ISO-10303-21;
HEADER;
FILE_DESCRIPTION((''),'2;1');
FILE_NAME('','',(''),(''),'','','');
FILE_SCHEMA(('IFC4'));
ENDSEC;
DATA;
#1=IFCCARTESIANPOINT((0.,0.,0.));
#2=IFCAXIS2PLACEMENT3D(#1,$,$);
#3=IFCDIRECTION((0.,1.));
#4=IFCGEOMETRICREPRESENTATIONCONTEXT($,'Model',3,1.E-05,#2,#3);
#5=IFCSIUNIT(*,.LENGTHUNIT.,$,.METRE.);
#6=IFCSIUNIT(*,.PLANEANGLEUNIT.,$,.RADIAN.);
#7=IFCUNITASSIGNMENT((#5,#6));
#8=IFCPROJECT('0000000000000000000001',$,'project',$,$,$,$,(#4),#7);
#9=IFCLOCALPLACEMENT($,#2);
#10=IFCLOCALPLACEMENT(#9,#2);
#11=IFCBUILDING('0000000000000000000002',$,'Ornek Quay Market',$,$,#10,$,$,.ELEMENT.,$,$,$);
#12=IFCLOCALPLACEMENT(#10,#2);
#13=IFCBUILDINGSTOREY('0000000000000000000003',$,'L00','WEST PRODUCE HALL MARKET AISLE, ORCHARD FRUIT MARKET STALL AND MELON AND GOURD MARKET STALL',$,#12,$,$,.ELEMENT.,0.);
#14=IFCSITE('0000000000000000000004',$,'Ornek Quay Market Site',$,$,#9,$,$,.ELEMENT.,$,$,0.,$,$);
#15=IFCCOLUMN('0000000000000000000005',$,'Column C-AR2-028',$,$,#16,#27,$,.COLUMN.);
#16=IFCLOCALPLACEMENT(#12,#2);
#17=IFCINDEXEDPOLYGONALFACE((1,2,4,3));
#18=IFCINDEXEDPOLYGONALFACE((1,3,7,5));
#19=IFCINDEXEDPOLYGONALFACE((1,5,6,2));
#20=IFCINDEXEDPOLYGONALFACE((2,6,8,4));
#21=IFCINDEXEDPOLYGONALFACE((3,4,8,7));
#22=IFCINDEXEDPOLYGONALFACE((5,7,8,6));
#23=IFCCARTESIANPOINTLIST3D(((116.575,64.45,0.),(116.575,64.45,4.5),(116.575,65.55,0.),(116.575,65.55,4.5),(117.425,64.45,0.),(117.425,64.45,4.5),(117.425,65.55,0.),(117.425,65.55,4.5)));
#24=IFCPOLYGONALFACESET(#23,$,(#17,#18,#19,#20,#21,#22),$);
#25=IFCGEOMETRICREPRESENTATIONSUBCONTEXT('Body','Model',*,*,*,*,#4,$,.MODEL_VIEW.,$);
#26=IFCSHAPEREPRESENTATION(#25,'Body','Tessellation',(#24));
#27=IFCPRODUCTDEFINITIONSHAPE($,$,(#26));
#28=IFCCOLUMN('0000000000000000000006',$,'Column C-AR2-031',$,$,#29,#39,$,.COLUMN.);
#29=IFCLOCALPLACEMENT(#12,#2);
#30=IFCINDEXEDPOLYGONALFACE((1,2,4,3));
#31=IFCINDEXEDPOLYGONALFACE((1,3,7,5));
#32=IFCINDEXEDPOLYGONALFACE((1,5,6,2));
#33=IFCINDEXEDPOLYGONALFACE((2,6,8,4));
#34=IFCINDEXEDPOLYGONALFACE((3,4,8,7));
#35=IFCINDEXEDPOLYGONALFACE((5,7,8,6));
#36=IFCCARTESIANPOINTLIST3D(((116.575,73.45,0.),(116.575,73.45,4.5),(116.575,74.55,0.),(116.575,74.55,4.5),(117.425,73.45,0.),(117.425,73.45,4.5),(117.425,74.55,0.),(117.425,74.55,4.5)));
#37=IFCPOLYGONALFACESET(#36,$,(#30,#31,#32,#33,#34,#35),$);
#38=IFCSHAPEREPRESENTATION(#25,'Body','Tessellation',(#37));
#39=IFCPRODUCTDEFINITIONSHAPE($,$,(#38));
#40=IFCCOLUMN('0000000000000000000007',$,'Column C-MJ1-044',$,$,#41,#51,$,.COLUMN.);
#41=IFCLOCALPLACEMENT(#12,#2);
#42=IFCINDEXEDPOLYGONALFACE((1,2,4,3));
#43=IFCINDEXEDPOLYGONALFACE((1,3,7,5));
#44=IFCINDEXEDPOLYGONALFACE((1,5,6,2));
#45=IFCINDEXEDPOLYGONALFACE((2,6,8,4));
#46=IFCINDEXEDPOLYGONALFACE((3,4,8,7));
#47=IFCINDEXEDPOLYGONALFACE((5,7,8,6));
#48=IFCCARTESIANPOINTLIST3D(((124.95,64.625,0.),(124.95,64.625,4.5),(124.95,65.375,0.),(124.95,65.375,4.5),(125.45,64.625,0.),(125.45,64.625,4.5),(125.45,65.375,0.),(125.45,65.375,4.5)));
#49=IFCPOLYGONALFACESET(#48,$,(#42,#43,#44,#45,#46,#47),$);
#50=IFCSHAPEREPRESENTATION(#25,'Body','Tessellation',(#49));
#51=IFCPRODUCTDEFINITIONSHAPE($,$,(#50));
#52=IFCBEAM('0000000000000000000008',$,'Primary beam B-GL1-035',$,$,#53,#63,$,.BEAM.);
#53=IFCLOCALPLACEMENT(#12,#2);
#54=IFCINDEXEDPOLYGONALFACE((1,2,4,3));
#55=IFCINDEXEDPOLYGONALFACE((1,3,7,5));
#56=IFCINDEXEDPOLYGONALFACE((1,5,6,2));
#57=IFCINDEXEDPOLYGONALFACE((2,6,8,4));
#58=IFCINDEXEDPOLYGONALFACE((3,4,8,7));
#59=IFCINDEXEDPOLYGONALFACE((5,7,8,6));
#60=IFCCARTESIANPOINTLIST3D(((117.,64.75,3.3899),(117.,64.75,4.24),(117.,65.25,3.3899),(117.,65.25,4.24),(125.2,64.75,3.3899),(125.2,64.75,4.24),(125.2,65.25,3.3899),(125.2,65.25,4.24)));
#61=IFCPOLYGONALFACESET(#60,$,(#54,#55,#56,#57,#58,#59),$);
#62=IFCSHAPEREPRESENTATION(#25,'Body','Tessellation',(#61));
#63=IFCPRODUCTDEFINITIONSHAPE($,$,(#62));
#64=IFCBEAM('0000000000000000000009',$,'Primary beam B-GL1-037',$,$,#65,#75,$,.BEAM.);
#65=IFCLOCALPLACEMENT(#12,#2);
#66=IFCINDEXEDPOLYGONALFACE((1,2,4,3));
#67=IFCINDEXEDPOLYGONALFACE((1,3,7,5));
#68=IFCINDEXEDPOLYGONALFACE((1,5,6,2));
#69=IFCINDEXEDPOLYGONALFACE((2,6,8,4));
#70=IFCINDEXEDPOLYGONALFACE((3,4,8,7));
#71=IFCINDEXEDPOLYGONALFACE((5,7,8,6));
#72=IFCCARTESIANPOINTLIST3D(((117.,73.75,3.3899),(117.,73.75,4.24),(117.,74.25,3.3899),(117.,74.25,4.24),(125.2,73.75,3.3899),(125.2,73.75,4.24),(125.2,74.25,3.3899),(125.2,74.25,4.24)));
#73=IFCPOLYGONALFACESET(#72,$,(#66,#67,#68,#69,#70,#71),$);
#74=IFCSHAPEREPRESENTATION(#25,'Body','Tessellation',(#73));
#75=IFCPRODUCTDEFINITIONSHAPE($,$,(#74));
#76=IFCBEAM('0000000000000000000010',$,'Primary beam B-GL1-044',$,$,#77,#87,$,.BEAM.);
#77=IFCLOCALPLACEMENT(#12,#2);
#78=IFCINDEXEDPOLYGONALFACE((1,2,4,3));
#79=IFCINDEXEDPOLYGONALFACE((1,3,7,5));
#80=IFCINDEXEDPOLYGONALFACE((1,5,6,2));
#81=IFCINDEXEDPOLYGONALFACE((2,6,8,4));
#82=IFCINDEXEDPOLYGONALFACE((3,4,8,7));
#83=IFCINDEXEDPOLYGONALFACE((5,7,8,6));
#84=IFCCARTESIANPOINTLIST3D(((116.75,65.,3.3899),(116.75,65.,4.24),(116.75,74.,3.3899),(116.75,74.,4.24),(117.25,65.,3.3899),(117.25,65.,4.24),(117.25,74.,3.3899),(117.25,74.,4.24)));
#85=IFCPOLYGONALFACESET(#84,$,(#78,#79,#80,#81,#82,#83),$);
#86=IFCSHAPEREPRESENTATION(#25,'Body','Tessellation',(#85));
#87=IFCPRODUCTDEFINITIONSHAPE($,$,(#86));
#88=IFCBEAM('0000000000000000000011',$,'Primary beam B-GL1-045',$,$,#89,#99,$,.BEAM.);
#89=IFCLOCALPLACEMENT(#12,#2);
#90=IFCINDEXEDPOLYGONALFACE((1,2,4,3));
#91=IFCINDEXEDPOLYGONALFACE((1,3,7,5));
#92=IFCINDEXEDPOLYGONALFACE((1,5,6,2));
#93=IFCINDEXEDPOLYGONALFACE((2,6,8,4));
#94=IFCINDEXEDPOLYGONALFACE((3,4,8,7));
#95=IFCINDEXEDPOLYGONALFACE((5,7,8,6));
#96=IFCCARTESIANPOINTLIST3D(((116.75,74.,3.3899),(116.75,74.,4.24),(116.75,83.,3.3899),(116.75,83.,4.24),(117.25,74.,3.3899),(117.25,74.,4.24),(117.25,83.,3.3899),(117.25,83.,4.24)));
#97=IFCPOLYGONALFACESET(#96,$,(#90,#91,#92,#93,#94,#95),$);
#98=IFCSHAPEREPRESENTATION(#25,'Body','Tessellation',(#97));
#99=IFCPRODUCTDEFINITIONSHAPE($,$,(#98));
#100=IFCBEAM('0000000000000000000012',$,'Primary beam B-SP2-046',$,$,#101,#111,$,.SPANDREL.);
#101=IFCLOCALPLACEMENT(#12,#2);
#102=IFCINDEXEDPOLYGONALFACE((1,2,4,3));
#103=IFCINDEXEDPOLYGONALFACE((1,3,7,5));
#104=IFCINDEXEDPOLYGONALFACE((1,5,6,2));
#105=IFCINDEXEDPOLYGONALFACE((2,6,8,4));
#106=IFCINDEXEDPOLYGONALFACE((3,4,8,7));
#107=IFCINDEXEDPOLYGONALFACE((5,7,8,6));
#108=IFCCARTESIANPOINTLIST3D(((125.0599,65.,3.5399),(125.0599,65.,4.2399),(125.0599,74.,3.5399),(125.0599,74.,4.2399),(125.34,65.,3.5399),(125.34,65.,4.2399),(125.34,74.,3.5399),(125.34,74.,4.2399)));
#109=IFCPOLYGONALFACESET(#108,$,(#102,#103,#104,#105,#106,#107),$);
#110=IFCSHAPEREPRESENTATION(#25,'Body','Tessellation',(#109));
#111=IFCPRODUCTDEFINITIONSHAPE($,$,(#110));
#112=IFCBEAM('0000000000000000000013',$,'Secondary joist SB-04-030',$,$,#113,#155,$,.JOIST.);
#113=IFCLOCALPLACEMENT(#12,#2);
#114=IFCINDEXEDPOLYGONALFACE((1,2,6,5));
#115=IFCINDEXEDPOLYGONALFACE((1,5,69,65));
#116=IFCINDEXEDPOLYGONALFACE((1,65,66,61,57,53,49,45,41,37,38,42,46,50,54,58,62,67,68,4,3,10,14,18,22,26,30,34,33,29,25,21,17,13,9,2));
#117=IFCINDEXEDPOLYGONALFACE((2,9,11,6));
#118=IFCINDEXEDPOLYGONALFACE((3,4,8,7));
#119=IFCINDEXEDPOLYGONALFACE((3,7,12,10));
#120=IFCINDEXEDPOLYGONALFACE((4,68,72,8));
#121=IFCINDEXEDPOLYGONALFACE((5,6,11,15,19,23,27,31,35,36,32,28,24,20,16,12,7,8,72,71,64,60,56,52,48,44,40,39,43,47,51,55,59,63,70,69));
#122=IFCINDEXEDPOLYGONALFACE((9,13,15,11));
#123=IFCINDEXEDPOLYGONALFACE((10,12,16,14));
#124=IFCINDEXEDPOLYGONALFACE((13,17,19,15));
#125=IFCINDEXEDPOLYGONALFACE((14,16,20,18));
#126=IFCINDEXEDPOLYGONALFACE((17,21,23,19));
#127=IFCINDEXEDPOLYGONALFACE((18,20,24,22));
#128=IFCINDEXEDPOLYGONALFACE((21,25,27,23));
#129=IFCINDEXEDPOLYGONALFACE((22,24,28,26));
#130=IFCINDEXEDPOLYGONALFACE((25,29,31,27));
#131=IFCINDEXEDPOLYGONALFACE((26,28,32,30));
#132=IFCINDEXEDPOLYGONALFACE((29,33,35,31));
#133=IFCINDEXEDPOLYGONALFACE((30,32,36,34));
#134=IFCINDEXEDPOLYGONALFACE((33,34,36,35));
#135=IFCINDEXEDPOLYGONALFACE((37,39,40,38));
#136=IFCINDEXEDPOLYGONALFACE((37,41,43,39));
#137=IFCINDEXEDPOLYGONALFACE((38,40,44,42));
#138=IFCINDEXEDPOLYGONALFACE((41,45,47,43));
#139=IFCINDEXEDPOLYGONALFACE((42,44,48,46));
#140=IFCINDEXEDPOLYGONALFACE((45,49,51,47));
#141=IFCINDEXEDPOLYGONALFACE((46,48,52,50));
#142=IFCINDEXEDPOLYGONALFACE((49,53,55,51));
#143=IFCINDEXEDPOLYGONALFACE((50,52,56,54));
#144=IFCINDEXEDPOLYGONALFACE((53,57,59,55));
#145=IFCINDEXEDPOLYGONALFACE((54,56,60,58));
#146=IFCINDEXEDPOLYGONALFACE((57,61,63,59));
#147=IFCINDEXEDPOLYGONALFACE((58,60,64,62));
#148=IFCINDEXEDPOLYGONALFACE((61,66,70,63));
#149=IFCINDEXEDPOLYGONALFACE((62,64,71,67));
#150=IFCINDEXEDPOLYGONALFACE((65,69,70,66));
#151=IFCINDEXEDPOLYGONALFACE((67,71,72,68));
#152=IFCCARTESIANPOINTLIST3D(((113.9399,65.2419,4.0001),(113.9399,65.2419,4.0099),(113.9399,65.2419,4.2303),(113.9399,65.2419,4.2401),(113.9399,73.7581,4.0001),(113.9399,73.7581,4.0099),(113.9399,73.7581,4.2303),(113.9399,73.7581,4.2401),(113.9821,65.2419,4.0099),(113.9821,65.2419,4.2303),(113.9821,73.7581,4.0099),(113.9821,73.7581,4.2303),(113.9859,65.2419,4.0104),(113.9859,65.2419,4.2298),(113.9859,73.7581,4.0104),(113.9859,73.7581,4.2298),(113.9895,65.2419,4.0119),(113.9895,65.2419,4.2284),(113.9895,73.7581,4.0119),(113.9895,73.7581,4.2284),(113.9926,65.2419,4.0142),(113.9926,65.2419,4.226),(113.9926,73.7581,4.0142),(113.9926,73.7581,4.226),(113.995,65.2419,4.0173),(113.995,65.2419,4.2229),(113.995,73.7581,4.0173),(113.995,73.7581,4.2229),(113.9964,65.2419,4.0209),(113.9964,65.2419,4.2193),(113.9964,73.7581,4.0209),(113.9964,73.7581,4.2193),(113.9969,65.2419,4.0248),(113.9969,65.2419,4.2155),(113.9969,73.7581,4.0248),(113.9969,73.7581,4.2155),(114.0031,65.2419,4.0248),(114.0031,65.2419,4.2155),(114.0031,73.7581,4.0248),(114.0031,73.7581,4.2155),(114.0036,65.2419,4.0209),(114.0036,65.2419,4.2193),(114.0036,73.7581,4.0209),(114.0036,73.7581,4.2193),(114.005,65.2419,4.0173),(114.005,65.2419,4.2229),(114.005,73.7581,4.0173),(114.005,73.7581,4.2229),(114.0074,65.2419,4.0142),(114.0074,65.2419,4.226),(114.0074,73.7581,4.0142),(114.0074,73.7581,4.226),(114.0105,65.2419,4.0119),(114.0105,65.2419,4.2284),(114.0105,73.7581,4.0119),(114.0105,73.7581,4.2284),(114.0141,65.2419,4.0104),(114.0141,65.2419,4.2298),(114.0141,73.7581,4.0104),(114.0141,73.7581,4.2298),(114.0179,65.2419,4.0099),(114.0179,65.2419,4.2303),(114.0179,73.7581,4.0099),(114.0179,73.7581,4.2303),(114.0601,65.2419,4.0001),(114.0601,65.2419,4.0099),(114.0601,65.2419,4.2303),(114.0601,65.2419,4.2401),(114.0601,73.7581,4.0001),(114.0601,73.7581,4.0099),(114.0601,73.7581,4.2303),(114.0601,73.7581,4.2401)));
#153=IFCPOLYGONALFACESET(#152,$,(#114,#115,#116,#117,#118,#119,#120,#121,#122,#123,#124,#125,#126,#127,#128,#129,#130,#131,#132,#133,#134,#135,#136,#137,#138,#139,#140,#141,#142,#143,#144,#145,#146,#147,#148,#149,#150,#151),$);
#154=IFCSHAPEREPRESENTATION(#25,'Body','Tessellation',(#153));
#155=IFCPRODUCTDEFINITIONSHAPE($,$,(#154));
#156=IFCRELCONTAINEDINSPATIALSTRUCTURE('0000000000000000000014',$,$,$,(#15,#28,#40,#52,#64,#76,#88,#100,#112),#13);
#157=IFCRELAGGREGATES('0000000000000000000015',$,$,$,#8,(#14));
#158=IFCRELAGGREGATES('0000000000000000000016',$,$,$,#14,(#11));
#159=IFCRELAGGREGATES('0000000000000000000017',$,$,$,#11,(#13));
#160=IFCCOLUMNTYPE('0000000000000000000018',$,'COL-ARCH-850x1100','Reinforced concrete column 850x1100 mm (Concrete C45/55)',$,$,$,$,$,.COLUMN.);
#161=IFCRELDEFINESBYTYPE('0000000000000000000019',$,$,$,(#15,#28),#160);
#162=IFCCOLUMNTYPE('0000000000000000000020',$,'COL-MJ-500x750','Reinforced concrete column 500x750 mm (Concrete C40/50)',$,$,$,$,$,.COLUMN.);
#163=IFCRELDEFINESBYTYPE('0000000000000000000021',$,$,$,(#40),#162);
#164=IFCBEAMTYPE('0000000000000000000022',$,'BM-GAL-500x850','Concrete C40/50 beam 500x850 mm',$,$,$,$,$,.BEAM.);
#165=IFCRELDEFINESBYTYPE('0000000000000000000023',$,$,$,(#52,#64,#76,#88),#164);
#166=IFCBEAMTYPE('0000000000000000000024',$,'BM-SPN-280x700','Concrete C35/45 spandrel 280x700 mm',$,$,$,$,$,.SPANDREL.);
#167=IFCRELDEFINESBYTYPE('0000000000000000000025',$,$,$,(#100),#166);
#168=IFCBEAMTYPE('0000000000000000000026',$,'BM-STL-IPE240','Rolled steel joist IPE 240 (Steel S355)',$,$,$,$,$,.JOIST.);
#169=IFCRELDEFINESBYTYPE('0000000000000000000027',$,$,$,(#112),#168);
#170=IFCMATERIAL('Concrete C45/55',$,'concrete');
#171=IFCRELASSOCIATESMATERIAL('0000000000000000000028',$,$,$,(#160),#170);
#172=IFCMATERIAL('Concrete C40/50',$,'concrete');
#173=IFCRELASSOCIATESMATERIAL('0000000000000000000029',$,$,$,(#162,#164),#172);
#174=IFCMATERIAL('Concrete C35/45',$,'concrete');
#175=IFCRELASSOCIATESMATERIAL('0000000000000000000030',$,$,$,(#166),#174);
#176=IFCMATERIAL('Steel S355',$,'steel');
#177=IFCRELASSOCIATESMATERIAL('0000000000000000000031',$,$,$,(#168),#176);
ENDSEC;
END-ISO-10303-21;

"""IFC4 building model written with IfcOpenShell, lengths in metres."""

from ifc_helpers import new_model, si_unit, direction, frame, origin, origin_2d, place, context, subcontext, project, spatial, rectangle, i_section, extrude, material, material_profile, profile_set, type_object, element, save


model = new_model("IFC4")

# Units and contexts
model_context = context("Model", 3, precision=1e-05, world=origin(), true_north=direction((0.0, 1.0)))
body_context = subcontext(model_context, "Body", "Model", "MODEL_VIEW")
ifc_project = project(units=[si_unit("LENGTHUNIT", "METRE"), si_unit("PLANEANGLEUNIT", "RADIAN")], contexts=[model_context])

# Site, building, storey
site_placement = place(None, origin())
site = spatial("IfcSite", under=ifc_project, at=site_placement, Name="Ornek Quay Market Site", CompositionType="ELEMENT", RefElevation=0.0)
building_placement = place(site_placement, origin())
building = spatial("IfcBuilding", under=site, at=building_placement, Name="Ornek Quay Market", CompositionType="ELEMENT")
storey_placement = place(building_placement, origin())
storey = spatial("IfcBuildingStorey", under=building, at=storey_placement, Name="L00", Description="WEST PRODUCE HALL MARKET AISLE, ORCHARD FRUIT MARKET STALL AND MELON AND GOURD MARKET STALL", CompositionType="ELEMENT", Elevation=0.0)

# Columns
ifc_material_1 = material(Name="Concrete C45/55", Category="concrete")
ifc_material_profile_1 = material_profile(ifc_material_1, rectangle(XDim=0.8501, YDim=1.1001, at=origin_2d()), Name="RC 850x1100", Category="concrete")
ifc_profile_set_1 = profile_set([ifc_material_profile_1], Name="Concrete C45/55")
column_type_1 = type_object("IfcColumnType", Name="COL-ARCH-850x1100", Description="Reinforced concrete column 850x1100 mm (Concrete C45/55)", PredefinedType="COLUMN", material=ifc_profile_set_1)
for number, where, z_axis, x_axis, name in (
    (1, (117.0, 65.0, 0.0), (0.0, 0.0, 1.0), (1.0, 0.0, 0.0), "Column C-AR2-028"),
    (2, (117.0, 74.0, 0.0), (0.0, 0.0, 1.0), (1.0, 0.0, 0.0), "Column C-AR2-031"),
):
    element("IfcColumn", number, at=place(storey_placement, frame(where, z_axis=z_axis, x_axis=x_axis)), inside=storey, type_object=column_type_1, Name=name, PredefinedType="COLUMN", context=body_context, shape_type="SweptSolid", body=[
        extrude(rectangle(XDim=0.8501, YDim=1.1001, at=origin_2d()), origin(), (0.0, 0.0, 1.0), 4.5),
    ])
ifc_material_2 = material(Name="Concrete C40/50", Category="concrete")
ifc_material_profile_2 = material_profile(ifc_material_2, rectangle(XDim=0.5, YDim=0.75, at=origin_2d()), Name="RC 500x750", Category="concrete")
ifc_profile_set_2 = profile_set([ifc_material_profile_2], Name="Concrete C40/50")
column_type_2 = type_object("IfcColumnType", Name="COL-MJ-500x750", Description="Reinforced concrete column 500x750 mm (Concrete C40/50)", PredefinedType="COLUMN", material=ifc_profile_set_2)
column_placement = place(storey_placement, frame((125.2, 65.0, 0.0), z_axis=(0.0, 0.0, 1.0), x_axis=(1.0, 0.0, 0.0)))
element("IfcColumn", 3, at=column_placement, inside=storey, type_object=column_type_2, Name="Column C-MJ1-044", PredefinedType="COLUMN", context=body_context, shape_type="SweptSolid", body=[
    extrude(rectangle(XDim=0.5, YDim=0.75, at=origin_2d()), origin(), (0.0, 0.0, 1.0), 4.5),
])

# Beams
ifc_material_profile_3 = material_profile(ifc_material_2, rectangle(XDim=0.5, YDim=0.8501, at=origin_2d()), Name="RC 500x850", Category="concrete")
ifc_profile_set_3 = profile_set([ifc_material_profile_3], Name="Concrete C40/50")
beam_type_1 = type_object("IfcBeamType", Name="BM-GAL-500x850", Description="Concrete C40/50 beam 500x850 mm", PredefinedType="BEAM", material=ifc_profile_set_3)
for number, where, z_axis, x_axis, name in (
    (4, (117.0, 65.0, 3.8149), (1.0, 0.0, 0.0), (0.0, 1.0, 0.0), "Primary beam B-GL1-035"),
    (5, (117.0, 74.0, 3.8149), (1.0, 0.0, 0.0), (0.0, 1.0, 0.0), "Primary beam B-GL1-037"),
):
    element("IfcBeam", number, at=place(storey_placement, frame(where, z_axis=z_axis, x_axis=x_axis)), inside=storey, type_object=beam_type_1, Name=name, PredefinedType="BEAM", context=body_context, shape_type="SweptSolid", body=[
        extrude(rectangle(XDim=0.5, YDim=0.8501, at=origin_2d()), origin(), (0.0, 0.0, 1.0), 8.2),
    ])
for number, where, z_axis, x_axis, name in (
    (6, (117.0, 65.0, 3.8149), (0.0, 1.0, 0.0), (-1.0, 0.0, 0.0), "Primary beam B-GL1-044"),
    (7, (117.0, 74.0, 3.8149), (0.0, 1.0, 0.0), (-1.0, 0.0, 0.0), "Primary beam B-GL1-045"),
):
    element("IfcBeam", number, at=place(storey_placement, frame(where, z_axis=z_axis, x_axis=x_axis)), inside=storey, type_object=beam_type_1, Name=name, PredefinedType="BEAM", context=body_context, shape_type="SweptSolid", body=[
        extrude(rectangle(XDim=0.5, YDim=0.8501, at=origin_2d()), origin(), (0.0, 0.0, 1.0), 9.0),
    ])
ifc_material_3 = material(Name="Concrete C35/45", Category="concrete")
ifc_material_profile_4 = material_profile(ifc_material_3, rectangle(XDim=0.28, YDim=0.7, at=origin_2d()), Name="RC 280x700", Category="concrete")
ifc_profile_set_4 = profile_set([ifc_material_profile_4], Name="Concrete C35/45")
beam_type_2 = type_object("IfcBeamType", Name="BM-SPN-280x700", Description="Concrete C35/45 spandrel 280x700 mm", PredefinedType="SPANDREL", material=ifc_profile_set_4)
beam_placement = place(storey_placement, frame((125.2, 65.0, 3.8899), z_axis=(0.0, 1.0, 0.0), x_axis=(-1.0, 0.0, 0.0)))
element("IfcBeam", 8, at=beam_placement, inside=storey, type_object=beam_type_2, Name="Primary beam B-SP2-046", PredefinedType="SPANDREL", context=body_context, shape_type="SweptSolid", body=[
    extrude(rectangle(XDim=0.28, YDim=0.7, at=origin_2d()), origin(), (0.0, 0.0, 1.0), 9.0),
])
ifc_material_4 = material(Name="Steel S355", Category="steel")
ifc_material_profile_5 = material_profile(ifc_material_4, i_section(OverallWidth=0.1201, OverallDepth=0.24, WebThickness=0.0061, FlangeThickness=0.0098, FilletRadius=0.0149, at=origin_2d()), Name="IPE 240", Category="steel")
ifc_profile_set_5 = profile_set([ifc_material_profile_5], Name="Steel S355")
beam_type_3 = type_object("IfcBeamType", Name="BM-STL-IPE240", Description="Rolled steel joist IPE 240 (Steel S355)", PredefinedType="JOIST", material=ifc_profile_set_5)
for number, where, z_axis, x_axis, name in (
    (9, (114.0, 65.2419, 4.1201), (0.0, 1.0, 0.0), (-1.0, 0.0, 0.0), "Secondary joist SB-04-030"),
):
    element("IfcBeam", number, at=place(storey_placement, frame(where, z_axis=z_axis, x_axis=x_axis)), inside=storey, type_object=beam_type_3, Name=name, PredefinedType="JOIST", context=body_context, shape_type="SweptSolid", body=[
        extrude(i_section(OverallWidth=0.1201, OverallDepth=0.24, WebThickness=0.0061, FlangeThickness=0.0098, FilletRadius=0.0149, at=origin_2d()), origin(), (0.0, 0.0, 1.0), 8.5161),
    ])

save(model, "model.ifc")
